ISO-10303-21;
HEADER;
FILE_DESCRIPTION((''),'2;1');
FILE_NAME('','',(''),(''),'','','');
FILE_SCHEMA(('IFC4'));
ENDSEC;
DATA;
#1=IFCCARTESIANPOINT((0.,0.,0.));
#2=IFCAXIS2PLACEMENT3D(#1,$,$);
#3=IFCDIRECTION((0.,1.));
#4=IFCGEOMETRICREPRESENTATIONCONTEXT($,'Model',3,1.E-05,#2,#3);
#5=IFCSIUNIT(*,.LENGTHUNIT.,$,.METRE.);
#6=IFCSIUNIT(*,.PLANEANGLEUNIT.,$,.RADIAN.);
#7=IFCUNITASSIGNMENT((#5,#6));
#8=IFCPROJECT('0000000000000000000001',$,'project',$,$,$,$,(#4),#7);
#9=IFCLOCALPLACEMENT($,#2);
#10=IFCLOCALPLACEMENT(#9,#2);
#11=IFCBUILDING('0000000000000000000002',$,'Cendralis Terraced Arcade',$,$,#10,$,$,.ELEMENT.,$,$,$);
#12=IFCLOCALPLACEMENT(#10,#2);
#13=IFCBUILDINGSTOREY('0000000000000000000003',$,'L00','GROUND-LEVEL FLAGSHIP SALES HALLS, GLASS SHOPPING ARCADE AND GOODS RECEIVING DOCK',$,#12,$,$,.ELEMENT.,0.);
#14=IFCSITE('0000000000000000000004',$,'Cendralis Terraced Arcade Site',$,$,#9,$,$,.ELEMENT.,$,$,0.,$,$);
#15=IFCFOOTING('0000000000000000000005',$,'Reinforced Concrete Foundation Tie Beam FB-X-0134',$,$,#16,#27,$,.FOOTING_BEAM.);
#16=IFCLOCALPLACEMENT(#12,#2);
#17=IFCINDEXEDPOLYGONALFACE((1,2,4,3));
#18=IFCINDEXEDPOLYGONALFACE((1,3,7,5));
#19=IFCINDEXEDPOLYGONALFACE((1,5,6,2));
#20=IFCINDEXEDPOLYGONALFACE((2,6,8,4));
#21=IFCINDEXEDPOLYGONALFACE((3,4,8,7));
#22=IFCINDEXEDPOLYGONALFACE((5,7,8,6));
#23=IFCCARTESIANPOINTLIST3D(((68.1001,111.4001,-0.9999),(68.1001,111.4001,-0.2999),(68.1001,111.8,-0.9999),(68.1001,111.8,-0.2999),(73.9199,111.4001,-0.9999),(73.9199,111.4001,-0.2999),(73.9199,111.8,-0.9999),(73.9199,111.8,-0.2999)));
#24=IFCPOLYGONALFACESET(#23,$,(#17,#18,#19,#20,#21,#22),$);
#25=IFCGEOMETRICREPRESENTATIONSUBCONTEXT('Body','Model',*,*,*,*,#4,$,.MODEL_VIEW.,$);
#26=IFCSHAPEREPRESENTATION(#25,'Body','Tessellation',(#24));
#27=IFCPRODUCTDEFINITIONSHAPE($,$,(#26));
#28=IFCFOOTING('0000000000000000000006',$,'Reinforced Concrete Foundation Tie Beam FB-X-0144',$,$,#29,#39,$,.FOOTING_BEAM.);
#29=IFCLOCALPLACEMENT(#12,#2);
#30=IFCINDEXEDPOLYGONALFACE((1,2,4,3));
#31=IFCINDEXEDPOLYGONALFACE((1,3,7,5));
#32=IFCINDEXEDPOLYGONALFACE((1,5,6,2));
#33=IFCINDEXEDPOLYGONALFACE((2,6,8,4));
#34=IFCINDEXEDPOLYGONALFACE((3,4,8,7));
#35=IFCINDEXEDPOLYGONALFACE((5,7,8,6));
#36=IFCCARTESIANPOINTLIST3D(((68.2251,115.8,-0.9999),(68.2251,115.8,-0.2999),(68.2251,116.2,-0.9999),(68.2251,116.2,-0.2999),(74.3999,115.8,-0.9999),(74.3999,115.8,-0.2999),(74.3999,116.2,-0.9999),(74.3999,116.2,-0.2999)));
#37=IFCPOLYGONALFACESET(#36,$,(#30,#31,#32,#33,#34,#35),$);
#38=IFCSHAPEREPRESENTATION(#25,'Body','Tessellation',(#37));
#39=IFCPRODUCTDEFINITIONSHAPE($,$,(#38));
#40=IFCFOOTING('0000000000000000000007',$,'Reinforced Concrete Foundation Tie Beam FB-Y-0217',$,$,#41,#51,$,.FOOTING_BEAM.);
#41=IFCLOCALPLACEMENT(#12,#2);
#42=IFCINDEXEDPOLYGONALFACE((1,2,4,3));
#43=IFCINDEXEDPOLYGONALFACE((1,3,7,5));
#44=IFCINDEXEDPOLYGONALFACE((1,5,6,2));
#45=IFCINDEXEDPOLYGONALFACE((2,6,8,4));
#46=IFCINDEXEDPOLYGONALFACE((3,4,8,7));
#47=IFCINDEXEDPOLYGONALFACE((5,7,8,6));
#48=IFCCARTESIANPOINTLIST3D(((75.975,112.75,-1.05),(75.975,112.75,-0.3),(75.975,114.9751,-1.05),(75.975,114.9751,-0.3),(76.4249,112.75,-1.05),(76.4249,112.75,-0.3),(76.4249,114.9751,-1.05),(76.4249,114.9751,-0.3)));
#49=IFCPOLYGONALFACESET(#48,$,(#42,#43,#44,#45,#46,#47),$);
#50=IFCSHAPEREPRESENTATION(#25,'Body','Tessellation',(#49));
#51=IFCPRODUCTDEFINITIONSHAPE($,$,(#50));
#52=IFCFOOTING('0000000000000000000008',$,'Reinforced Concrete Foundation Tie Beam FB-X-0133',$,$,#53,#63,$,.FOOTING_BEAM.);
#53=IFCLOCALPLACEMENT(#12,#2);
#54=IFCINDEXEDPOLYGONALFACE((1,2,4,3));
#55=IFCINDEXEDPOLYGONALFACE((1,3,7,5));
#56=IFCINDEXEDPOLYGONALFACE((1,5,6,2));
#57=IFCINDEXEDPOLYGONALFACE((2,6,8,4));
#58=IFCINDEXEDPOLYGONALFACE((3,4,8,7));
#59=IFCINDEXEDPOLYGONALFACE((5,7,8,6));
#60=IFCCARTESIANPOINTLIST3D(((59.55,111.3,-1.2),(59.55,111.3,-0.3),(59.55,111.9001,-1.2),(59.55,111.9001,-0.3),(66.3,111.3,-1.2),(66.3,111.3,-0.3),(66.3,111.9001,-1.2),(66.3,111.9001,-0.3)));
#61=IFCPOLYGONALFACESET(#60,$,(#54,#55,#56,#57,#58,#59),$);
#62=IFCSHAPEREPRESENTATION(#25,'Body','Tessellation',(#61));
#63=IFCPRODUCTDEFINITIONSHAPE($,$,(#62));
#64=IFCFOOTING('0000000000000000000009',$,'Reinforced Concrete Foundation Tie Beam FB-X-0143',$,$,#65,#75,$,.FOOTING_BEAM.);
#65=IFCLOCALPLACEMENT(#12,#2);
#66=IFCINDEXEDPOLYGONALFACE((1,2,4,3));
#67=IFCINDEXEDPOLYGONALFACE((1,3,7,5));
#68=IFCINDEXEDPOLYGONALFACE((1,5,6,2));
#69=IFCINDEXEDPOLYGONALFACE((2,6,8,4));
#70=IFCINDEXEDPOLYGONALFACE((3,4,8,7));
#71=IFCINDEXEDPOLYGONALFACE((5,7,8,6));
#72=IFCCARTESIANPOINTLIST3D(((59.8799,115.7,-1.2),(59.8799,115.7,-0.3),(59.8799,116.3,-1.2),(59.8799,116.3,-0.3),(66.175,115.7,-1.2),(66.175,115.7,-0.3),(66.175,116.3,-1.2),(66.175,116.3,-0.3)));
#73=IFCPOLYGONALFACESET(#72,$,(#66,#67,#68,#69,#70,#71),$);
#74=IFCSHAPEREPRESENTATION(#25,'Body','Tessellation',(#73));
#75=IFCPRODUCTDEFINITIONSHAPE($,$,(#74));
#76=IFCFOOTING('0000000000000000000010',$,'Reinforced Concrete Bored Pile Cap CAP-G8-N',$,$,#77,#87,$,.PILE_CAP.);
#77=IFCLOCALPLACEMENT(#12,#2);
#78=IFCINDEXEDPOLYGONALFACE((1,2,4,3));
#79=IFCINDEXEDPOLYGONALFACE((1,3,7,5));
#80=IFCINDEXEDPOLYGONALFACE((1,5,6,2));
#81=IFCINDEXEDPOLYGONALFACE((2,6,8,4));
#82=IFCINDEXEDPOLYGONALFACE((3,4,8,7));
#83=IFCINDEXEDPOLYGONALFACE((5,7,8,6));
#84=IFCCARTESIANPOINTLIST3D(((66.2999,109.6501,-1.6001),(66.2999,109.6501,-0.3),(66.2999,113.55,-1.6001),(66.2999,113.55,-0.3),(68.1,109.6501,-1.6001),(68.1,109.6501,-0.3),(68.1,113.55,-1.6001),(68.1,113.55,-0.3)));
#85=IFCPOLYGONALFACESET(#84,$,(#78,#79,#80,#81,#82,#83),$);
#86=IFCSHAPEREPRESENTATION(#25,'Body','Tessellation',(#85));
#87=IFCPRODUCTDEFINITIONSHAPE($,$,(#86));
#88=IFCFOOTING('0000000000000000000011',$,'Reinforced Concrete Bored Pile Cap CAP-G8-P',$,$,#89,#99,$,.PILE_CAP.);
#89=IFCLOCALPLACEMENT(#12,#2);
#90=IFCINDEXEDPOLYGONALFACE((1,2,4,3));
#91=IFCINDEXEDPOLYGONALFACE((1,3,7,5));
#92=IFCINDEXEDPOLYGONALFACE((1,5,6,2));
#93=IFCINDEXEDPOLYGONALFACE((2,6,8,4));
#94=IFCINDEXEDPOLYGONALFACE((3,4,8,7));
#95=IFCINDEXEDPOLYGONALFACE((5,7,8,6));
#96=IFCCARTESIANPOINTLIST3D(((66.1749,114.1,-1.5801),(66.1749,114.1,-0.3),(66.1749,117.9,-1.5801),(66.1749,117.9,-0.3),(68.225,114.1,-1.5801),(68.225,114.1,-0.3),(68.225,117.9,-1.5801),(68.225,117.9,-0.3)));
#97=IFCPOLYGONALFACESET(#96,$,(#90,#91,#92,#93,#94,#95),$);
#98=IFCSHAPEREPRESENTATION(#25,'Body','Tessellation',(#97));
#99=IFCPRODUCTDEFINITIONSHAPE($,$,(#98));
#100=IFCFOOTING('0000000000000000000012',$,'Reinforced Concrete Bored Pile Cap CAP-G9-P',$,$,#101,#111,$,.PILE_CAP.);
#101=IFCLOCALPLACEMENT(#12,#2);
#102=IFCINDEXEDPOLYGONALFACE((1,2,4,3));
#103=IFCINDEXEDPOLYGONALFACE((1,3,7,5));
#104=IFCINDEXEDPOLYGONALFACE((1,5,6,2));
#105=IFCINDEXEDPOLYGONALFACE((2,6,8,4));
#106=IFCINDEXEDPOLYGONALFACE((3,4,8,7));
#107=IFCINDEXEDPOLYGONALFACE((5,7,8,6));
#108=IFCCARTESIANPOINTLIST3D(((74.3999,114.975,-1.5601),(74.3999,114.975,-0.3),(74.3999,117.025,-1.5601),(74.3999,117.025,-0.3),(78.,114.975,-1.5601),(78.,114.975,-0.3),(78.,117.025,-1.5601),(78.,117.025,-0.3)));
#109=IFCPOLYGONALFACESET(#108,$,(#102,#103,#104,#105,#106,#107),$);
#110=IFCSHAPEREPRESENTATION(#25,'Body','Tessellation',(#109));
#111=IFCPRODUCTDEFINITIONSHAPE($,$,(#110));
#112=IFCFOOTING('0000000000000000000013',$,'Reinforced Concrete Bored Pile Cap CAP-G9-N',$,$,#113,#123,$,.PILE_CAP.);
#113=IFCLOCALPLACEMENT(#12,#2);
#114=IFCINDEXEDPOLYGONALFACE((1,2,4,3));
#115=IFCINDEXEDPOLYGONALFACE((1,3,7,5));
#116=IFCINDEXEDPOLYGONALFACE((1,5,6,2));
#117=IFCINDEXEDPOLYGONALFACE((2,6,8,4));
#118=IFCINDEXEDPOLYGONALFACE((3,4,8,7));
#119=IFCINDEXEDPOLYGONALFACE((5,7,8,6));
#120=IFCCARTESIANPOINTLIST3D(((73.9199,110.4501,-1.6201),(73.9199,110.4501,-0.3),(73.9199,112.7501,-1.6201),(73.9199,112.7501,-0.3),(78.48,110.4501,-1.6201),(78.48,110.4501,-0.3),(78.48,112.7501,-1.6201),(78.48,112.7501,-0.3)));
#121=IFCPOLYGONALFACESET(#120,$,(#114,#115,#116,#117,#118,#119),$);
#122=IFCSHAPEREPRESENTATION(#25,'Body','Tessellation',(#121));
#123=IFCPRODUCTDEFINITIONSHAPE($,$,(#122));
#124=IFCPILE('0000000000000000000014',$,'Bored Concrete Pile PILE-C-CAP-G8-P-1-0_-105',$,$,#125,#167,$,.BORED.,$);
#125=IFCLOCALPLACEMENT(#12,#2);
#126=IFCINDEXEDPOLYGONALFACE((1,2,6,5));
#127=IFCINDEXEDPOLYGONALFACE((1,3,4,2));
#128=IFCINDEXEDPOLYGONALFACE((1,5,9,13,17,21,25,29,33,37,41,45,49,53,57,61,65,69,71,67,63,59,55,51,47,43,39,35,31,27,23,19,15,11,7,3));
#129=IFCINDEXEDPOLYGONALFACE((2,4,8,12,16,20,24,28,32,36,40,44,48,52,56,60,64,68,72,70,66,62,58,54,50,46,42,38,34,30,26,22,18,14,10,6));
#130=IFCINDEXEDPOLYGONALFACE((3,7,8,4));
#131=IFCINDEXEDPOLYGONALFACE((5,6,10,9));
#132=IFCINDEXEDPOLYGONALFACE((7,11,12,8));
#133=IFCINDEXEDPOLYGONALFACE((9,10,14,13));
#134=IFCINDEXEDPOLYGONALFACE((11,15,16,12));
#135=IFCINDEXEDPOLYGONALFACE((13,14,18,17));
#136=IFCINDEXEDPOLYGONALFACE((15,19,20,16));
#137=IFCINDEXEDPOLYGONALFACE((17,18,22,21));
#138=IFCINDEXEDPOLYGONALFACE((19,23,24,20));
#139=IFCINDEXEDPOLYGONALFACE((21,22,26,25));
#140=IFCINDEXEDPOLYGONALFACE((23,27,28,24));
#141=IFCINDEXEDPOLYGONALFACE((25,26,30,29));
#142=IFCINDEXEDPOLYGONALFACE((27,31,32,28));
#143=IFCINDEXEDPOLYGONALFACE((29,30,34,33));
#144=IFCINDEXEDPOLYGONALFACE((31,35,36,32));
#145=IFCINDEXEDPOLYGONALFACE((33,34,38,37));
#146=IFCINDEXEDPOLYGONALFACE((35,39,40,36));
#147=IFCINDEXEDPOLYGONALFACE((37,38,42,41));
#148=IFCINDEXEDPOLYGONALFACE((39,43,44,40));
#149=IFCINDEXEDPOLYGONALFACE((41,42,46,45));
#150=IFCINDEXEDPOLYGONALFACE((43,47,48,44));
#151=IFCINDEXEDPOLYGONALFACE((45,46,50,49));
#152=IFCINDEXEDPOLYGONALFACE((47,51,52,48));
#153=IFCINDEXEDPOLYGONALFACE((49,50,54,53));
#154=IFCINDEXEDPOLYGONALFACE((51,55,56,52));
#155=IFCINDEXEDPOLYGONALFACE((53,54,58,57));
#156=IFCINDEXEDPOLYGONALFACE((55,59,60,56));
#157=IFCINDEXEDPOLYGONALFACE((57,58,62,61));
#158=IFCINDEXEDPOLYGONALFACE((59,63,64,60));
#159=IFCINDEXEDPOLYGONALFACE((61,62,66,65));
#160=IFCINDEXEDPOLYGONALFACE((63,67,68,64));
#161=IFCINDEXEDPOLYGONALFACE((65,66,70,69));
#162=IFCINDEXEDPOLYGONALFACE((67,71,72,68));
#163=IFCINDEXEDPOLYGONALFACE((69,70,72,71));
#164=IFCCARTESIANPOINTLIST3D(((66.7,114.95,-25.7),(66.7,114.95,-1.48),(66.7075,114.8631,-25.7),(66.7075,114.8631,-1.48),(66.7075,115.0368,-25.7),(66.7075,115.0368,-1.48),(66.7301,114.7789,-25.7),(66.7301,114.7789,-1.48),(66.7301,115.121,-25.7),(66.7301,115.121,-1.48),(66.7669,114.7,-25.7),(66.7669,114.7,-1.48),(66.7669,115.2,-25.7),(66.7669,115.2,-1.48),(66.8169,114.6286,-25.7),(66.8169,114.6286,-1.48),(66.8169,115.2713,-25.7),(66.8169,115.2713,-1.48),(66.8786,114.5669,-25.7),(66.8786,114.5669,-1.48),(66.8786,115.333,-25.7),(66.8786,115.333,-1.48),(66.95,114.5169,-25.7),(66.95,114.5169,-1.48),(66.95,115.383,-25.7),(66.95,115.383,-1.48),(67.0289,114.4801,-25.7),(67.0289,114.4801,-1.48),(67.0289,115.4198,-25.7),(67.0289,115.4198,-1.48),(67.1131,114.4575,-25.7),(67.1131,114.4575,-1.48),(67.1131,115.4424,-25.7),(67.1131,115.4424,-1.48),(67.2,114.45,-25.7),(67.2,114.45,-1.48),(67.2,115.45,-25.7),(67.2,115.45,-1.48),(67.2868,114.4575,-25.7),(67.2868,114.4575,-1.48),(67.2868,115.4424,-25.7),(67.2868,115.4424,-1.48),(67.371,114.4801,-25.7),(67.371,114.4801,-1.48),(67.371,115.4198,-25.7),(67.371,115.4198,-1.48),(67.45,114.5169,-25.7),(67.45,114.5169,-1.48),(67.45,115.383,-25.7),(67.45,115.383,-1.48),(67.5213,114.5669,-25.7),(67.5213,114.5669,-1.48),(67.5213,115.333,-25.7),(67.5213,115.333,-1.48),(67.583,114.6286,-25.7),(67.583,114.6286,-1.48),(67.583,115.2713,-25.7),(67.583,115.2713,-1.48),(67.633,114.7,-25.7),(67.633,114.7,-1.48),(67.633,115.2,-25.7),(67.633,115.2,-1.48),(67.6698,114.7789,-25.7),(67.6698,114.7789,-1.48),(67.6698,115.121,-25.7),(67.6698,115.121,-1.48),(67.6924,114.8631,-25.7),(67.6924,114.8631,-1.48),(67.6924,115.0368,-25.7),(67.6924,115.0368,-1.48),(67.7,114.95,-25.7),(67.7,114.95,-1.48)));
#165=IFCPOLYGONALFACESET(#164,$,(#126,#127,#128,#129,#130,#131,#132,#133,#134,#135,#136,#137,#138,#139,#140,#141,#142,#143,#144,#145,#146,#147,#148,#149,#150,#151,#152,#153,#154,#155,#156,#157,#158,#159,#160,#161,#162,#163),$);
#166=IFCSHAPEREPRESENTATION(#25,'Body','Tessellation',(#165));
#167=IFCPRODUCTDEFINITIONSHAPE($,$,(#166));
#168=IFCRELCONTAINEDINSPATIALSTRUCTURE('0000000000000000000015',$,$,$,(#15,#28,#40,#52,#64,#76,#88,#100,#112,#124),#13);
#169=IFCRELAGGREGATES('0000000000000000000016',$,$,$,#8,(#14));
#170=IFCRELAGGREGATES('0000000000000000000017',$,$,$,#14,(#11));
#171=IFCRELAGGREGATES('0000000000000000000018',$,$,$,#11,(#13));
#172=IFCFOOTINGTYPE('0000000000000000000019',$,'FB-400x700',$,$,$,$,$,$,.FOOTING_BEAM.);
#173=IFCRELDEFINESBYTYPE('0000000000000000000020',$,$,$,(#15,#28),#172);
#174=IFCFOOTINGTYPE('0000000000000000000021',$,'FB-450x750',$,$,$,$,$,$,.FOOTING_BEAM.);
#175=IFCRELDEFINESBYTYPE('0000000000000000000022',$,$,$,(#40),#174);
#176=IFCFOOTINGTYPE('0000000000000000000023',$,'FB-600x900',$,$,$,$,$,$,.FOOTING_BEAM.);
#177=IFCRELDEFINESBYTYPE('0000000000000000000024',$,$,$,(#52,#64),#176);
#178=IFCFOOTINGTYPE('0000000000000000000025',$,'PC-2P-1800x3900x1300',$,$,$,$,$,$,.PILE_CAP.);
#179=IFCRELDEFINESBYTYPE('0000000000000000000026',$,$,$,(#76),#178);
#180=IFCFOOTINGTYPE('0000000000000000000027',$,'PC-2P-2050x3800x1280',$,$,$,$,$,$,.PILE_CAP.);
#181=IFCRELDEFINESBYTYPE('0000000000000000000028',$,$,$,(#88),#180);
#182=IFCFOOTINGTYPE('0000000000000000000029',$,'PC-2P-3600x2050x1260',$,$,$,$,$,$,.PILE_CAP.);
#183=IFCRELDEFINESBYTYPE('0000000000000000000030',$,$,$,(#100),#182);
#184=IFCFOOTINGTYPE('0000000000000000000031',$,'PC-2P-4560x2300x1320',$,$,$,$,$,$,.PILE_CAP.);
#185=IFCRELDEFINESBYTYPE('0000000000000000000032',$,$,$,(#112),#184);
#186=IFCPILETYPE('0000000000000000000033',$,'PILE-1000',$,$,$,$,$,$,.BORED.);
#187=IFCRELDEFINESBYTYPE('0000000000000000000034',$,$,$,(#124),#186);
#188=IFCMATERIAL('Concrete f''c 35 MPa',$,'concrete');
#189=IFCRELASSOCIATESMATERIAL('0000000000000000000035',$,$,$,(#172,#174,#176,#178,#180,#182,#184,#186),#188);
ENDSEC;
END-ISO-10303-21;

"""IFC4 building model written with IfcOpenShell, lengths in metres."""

from ifc_helpers import new_model, si_unit, direction, frame, origin, origin_2d, place, context, subcontext, project, spatial, rectangle, circle, extrude, material, material_profile, profile_set, type_object, element, save


model = new_model("IFC4")

# Units and contexts
model_context = context("Model", 3, precision=1e-05, world=origin(), true_north=direction((0.0, 1.0)))
body_context = subcontext(model_context, "Body", "Model", "MODEL_VIEW")
ifc_project = project(units=[si_unit("LENGTHUNIT", "METRE"), si_unit("PLANEANGLEUNIT", "RADIAN")], contexts=[model_context])

# Site, building, storey
site_placement = place(None, origin())
site = spatial("IfcSite", under=ifc_project, at=site_placement, Name="Cendralis Terraced Arcade Site", CompositionType="ELEMENT", RefElevation=0.0)
building_placement = place(site_placement, origin())
building = spatial("IfcBuilding", under=site, at=building_placement, Name="Cendralis Terraced Arcade", CompositionType="ELEMENT")
storey_placement = place(building_placement, origin())
storey = spatial("IfcBuildingStorey", under=building, at=storey_placement, Name="L00", Description="GROUND-LEVEL FLAGSHIP SALES HALLS, GLASS SHOPPING ARCADE AND GOODS RECEIVING DOCK", CompositionType="ELEMENT", Elevation=0.0)

# Footings
ifc_material_1 = material(Name="Concrete f'c 35 MPa", Category="concrete")
ifc_material_profile_1 = material_profile(ifc_material_1, rectangle(XDim=0.3999, YDim=0.7, at=origin_2d()), Name="FB-400x700", Category="LoadBearing")
ifc_profile_set_1 = profile_set([ifc_material_profile_1], Name="Concrete f'c 35 MPa")
footing_type_1 = type_object("IfcFootingType", Name="FB-400x700", PredefinedType="FOOTING_BEAM", material=ifc_profile_set_1)
footing_1_placement = place(storey_placement, frame((68.1001, 111.6001, -0.6499), z_axis=(1.0, 0.0, 0.0), x_axis=(0.0, 1.0, 0.0)))
element("IfcFooting", 1, at=footing_1_placement, inside=storey, type_object=footing_type_1, Name="Reinforced Concrete Foundation Tie Beam FB-X-0134", PredefinedType="FOOTING_BEAM", context=body_context, shape_type="SweptSolid", body=[
    extrude(rectangle(XDim=0.3999, YDim=0.7, at=origin_2d()), origin(), (0.0, 0.0, 1.0), 5.8198),
])
footing_2_placement = place(storey_placement, frame((68.2251, 116.0, -0.6499), z_axis=(1.0, 0.0, 0.0), x_axis=(0.0, 1.0, 0.0)))
element("IfcFooting", 2, at=footing_2_placement, inside=storey, type_object=footing_type_1, Name="Reinforced Concrete Foundation Tie Beam FB-X-0144", PredefinedType="FOOTING_BEAM", context=body_context, shape_type="SweptSolid", body=[
    extrude(rectangle(XDim=0.3999, YDim=0.7, at=origin_2d()), origin(), (0.0, 0.0, 1.0), 6.1748),
])
ifc_material_profile_2 = material_profile(ifc_material_1, rectangle(XDim=0.45, YDim=0.75, at=origin_2d()), Name="FB-450x750", Category="LoadBearing")
ifc_profile_set_2 = profile_set([ifc_material_profile_2], Name="Concrete f'c 35 MPa")
footing_type_2 = type_object("IfcFootingType", Name="FB-450x750", PredefinedType="FOOTING_BEAM", material=ifc_profile_set_2)
footing_3_placement = place(storey_placement, frame((76.2, 112.75, -0.675), z_axis=(0.0, 1.0, 0.0), x_axis=(-1.0, 0.0, 0.0)))
element("IfcFooting", 3, at=footing_3_placement, inside=storey, type_object=footing_type_2, Name="Reinforced Concrete Foundation Tie Beam FB-Y-0217", PredefinedType="FOOTING_BEAM", context=body_context, shape_type="SweptSolid", body=[
    extrude(rectangle(XDim=0.45, YDim=0.75, at=origin_2d()), origin(), (0.0, 0.0, 1.0), 2.2251),
])
ifc_material_profile_3 = material_profile(ifc_material_1, rectangle(XDim=0.6001, YDim=0.8999, at=origin_2d()), Name="FB-600x900", Category="LoadBearing")
ifc_profile_set_3 = profile_set([ifc_material_profile_3], Name="Concrete f'c 35 MPa")
footing_type_3 = type_object("IfcFootingType", Name="FB-600x900", PredefinedType="FOOTING_BEAM", material=ifc_profile_set_3)
footing_4_placement = place(storey_placement, frame((59.55, 111.6001, -0.75), z_axis=(1.0, 0.0, 0.0), x_axis=(0.0, 1.0, 0.0)))
element("IfcFooting", 4, at=footing_4_placement, inside=storey, type_object=footing_type_3, Name="Reinforced Concrete Foundation Tie Beam FB-X-0133", PredefinedType="FOOTING_BEAM", context=body_context, shape_type="SweptSolid", body=[
    extrude(rectangle(XDim=0.6001, YDim=0.8999, at=origin_2d()), origin(), (0.0, 0.0, 1.0), 6.75),
])
footing_5_placement = place(storey_placement, frame((59.8799, 116.0, -0.75), z_axis=(1.0, 0.0, 0.0), x_axis=(0.0, 1.0, 0.0)))
element("IfcFooting", 5, at=footing_5_placement, inside=storey, type_object=footing_type_3, Name="Reinforced Concrete Foundation Tie Beam FB-X-0143", PredefinedType="FOOTING_BEAM", context=body_context, shape_type="SweptSolid", body=[
    extrude(rectangle(XDim=0.6001, YDim=0.8999, at=origin_2d()), origin(), (0.0, 0.0, 1.0), 6.2952),
])
footing_type_4 = type_object("IfcFootingType", Name="PC-2P-1800x3900x1300", PredefinedType="PILE_CAP", material=ifc_material_1)
footing_6_placement = place(storey_placement, frame((67.2, 111.6001, -1.6001), z_axis=(0.0, 0.0, 1.0), x_axis=(1.0, 0.0, 0.0)))
element("IfcFooting", 6, at=footing_6_placement, inside=storey, type_object=footing_type_4, Name="Reinforced Concrete Bored Pile Cap CAP-G8-N", PredefinedType="PILE_CAP", context=body_context, shape_type="SweptSolid", body=[
    extrude(rectangle(XDim=1.8, YDim=3.8999, at=origin_2d()), origin(), (0.0, 0.0, 1.0), 1.3),
])
footing_type_5 = type_object("IfcFootingType", Name="PC-2P-2050x3800x1280", PredefinedType="PILE_CAP", material=ifc_material_1)
footing_7_placement = place(storey_placement, frame((67.2, 116.0, -1.5801), z_axis=(0.0, 0.0, 1.0), x_axis=(1.0, 0.0, 0.0)))
element("IfcFooting", 7, at=footing_7_placement, inside=storey, type_object=footing_type_5, Name="Reinforced Concrete Bored Pile Cap CAP-G8-P", PredefinedType="PILE_CAP", context=body_context, shape_type="SweptSolid", body=[
    extrude(rectangle(XDim=2.05, YDim=3.8, at=origin_2d()), origin(), (0.0, 0.0, 1.0), 1.28),
])
footing_type_6 = type_object("IfcFootingType", Name="PC-2P-3600x2050x1260", PredefinedType="PILE_CAP", material=ifc_material_1)
footing_8_placement = place(storey_placement, frame((76.2, 116.0, -1.5601), z_axis=(0.0, 0.0, 1.0), x_axis=(1.0, 0.0, 0.0)))
element("IfcFooting", 8, at=footing_8_placement, inside=storey, type_object=footing_type_6, Name="Reinforced Concrete Bored Pile Cap CAP-G9-P", PredefinedType="PILE_CAP", context=body_context, shape_type="SweptSolid", body=[
    extrude(rectangle(XDim=3.6001, YDim=2.05, at=origin_2d()), origin(), (0.0, 0.0, 1.0), 1.26),
])
footing_type_7 = type_object("IfcFootingType", Name="PC-2P-4560x2300x1320", PredefinedType="PILE_CAP", material=ifc_material_1)
footing_9_placement = place(storey_placement, frame((76.2, 111.6001, -1.6201), z_axis=(0.0, 0.0, 1.0), x_axis=(1.0, 0.0, 0.0)))
element("IfcFooting", 9, at=footing_9_placement, inside=storey, type_object=footing_type_7, Name="Reinforced Concrete Bored Pile Cap CAP-G9-N", PredefinedType="PILE_CAP", context=body_context, shape_type="SweptSolid", body=[
    extrude(rectangle(XDim=4.5601, YDim=2.3, at=origin_2d()), origin(), (0.0, 0.0, 1.0), 1.3201),
])

# Pile
ifc_material_profile_4 = material_profile(ifc_material_1, circle(Radius=0.5, at=origin_2d()), Name="PILE-D1000", Category="LoadBearing")
ifc_profile_set_4 = profile_set([ifc_material_profile_4], Name="Concrete f'c 35 MPa")
pile_type_1 = type_object("IfcPileType", Name="PILE-1000", PredefinedType="BORED", material=ifc_profile_set_4)
for number, where, z_axis, x_axis, name in (
    (10, (67.2, 114.95, -1.48), (0.0, 0.0, -1.0), (1.0, 0.0, 0.0), "Bored Concrete Pile PILE-C-CAP-G8-P-1-0_-105"),
):
    element("IfcPile", number, at=place(storey_placement, frame(where, z_axis=z_axis, x_axis=x_axis)), inside=storey, type_object=pile_type_1, Name=name, PredefinedType="BORED", context=body_context, shape_type="SweptSolid", body=[
        extrude(circle(Radius=0.5, at=origin_2d()), origin(), (0.0, 0.0, 1.0), 24.22),
    ])

save(model, "model.ifc")
